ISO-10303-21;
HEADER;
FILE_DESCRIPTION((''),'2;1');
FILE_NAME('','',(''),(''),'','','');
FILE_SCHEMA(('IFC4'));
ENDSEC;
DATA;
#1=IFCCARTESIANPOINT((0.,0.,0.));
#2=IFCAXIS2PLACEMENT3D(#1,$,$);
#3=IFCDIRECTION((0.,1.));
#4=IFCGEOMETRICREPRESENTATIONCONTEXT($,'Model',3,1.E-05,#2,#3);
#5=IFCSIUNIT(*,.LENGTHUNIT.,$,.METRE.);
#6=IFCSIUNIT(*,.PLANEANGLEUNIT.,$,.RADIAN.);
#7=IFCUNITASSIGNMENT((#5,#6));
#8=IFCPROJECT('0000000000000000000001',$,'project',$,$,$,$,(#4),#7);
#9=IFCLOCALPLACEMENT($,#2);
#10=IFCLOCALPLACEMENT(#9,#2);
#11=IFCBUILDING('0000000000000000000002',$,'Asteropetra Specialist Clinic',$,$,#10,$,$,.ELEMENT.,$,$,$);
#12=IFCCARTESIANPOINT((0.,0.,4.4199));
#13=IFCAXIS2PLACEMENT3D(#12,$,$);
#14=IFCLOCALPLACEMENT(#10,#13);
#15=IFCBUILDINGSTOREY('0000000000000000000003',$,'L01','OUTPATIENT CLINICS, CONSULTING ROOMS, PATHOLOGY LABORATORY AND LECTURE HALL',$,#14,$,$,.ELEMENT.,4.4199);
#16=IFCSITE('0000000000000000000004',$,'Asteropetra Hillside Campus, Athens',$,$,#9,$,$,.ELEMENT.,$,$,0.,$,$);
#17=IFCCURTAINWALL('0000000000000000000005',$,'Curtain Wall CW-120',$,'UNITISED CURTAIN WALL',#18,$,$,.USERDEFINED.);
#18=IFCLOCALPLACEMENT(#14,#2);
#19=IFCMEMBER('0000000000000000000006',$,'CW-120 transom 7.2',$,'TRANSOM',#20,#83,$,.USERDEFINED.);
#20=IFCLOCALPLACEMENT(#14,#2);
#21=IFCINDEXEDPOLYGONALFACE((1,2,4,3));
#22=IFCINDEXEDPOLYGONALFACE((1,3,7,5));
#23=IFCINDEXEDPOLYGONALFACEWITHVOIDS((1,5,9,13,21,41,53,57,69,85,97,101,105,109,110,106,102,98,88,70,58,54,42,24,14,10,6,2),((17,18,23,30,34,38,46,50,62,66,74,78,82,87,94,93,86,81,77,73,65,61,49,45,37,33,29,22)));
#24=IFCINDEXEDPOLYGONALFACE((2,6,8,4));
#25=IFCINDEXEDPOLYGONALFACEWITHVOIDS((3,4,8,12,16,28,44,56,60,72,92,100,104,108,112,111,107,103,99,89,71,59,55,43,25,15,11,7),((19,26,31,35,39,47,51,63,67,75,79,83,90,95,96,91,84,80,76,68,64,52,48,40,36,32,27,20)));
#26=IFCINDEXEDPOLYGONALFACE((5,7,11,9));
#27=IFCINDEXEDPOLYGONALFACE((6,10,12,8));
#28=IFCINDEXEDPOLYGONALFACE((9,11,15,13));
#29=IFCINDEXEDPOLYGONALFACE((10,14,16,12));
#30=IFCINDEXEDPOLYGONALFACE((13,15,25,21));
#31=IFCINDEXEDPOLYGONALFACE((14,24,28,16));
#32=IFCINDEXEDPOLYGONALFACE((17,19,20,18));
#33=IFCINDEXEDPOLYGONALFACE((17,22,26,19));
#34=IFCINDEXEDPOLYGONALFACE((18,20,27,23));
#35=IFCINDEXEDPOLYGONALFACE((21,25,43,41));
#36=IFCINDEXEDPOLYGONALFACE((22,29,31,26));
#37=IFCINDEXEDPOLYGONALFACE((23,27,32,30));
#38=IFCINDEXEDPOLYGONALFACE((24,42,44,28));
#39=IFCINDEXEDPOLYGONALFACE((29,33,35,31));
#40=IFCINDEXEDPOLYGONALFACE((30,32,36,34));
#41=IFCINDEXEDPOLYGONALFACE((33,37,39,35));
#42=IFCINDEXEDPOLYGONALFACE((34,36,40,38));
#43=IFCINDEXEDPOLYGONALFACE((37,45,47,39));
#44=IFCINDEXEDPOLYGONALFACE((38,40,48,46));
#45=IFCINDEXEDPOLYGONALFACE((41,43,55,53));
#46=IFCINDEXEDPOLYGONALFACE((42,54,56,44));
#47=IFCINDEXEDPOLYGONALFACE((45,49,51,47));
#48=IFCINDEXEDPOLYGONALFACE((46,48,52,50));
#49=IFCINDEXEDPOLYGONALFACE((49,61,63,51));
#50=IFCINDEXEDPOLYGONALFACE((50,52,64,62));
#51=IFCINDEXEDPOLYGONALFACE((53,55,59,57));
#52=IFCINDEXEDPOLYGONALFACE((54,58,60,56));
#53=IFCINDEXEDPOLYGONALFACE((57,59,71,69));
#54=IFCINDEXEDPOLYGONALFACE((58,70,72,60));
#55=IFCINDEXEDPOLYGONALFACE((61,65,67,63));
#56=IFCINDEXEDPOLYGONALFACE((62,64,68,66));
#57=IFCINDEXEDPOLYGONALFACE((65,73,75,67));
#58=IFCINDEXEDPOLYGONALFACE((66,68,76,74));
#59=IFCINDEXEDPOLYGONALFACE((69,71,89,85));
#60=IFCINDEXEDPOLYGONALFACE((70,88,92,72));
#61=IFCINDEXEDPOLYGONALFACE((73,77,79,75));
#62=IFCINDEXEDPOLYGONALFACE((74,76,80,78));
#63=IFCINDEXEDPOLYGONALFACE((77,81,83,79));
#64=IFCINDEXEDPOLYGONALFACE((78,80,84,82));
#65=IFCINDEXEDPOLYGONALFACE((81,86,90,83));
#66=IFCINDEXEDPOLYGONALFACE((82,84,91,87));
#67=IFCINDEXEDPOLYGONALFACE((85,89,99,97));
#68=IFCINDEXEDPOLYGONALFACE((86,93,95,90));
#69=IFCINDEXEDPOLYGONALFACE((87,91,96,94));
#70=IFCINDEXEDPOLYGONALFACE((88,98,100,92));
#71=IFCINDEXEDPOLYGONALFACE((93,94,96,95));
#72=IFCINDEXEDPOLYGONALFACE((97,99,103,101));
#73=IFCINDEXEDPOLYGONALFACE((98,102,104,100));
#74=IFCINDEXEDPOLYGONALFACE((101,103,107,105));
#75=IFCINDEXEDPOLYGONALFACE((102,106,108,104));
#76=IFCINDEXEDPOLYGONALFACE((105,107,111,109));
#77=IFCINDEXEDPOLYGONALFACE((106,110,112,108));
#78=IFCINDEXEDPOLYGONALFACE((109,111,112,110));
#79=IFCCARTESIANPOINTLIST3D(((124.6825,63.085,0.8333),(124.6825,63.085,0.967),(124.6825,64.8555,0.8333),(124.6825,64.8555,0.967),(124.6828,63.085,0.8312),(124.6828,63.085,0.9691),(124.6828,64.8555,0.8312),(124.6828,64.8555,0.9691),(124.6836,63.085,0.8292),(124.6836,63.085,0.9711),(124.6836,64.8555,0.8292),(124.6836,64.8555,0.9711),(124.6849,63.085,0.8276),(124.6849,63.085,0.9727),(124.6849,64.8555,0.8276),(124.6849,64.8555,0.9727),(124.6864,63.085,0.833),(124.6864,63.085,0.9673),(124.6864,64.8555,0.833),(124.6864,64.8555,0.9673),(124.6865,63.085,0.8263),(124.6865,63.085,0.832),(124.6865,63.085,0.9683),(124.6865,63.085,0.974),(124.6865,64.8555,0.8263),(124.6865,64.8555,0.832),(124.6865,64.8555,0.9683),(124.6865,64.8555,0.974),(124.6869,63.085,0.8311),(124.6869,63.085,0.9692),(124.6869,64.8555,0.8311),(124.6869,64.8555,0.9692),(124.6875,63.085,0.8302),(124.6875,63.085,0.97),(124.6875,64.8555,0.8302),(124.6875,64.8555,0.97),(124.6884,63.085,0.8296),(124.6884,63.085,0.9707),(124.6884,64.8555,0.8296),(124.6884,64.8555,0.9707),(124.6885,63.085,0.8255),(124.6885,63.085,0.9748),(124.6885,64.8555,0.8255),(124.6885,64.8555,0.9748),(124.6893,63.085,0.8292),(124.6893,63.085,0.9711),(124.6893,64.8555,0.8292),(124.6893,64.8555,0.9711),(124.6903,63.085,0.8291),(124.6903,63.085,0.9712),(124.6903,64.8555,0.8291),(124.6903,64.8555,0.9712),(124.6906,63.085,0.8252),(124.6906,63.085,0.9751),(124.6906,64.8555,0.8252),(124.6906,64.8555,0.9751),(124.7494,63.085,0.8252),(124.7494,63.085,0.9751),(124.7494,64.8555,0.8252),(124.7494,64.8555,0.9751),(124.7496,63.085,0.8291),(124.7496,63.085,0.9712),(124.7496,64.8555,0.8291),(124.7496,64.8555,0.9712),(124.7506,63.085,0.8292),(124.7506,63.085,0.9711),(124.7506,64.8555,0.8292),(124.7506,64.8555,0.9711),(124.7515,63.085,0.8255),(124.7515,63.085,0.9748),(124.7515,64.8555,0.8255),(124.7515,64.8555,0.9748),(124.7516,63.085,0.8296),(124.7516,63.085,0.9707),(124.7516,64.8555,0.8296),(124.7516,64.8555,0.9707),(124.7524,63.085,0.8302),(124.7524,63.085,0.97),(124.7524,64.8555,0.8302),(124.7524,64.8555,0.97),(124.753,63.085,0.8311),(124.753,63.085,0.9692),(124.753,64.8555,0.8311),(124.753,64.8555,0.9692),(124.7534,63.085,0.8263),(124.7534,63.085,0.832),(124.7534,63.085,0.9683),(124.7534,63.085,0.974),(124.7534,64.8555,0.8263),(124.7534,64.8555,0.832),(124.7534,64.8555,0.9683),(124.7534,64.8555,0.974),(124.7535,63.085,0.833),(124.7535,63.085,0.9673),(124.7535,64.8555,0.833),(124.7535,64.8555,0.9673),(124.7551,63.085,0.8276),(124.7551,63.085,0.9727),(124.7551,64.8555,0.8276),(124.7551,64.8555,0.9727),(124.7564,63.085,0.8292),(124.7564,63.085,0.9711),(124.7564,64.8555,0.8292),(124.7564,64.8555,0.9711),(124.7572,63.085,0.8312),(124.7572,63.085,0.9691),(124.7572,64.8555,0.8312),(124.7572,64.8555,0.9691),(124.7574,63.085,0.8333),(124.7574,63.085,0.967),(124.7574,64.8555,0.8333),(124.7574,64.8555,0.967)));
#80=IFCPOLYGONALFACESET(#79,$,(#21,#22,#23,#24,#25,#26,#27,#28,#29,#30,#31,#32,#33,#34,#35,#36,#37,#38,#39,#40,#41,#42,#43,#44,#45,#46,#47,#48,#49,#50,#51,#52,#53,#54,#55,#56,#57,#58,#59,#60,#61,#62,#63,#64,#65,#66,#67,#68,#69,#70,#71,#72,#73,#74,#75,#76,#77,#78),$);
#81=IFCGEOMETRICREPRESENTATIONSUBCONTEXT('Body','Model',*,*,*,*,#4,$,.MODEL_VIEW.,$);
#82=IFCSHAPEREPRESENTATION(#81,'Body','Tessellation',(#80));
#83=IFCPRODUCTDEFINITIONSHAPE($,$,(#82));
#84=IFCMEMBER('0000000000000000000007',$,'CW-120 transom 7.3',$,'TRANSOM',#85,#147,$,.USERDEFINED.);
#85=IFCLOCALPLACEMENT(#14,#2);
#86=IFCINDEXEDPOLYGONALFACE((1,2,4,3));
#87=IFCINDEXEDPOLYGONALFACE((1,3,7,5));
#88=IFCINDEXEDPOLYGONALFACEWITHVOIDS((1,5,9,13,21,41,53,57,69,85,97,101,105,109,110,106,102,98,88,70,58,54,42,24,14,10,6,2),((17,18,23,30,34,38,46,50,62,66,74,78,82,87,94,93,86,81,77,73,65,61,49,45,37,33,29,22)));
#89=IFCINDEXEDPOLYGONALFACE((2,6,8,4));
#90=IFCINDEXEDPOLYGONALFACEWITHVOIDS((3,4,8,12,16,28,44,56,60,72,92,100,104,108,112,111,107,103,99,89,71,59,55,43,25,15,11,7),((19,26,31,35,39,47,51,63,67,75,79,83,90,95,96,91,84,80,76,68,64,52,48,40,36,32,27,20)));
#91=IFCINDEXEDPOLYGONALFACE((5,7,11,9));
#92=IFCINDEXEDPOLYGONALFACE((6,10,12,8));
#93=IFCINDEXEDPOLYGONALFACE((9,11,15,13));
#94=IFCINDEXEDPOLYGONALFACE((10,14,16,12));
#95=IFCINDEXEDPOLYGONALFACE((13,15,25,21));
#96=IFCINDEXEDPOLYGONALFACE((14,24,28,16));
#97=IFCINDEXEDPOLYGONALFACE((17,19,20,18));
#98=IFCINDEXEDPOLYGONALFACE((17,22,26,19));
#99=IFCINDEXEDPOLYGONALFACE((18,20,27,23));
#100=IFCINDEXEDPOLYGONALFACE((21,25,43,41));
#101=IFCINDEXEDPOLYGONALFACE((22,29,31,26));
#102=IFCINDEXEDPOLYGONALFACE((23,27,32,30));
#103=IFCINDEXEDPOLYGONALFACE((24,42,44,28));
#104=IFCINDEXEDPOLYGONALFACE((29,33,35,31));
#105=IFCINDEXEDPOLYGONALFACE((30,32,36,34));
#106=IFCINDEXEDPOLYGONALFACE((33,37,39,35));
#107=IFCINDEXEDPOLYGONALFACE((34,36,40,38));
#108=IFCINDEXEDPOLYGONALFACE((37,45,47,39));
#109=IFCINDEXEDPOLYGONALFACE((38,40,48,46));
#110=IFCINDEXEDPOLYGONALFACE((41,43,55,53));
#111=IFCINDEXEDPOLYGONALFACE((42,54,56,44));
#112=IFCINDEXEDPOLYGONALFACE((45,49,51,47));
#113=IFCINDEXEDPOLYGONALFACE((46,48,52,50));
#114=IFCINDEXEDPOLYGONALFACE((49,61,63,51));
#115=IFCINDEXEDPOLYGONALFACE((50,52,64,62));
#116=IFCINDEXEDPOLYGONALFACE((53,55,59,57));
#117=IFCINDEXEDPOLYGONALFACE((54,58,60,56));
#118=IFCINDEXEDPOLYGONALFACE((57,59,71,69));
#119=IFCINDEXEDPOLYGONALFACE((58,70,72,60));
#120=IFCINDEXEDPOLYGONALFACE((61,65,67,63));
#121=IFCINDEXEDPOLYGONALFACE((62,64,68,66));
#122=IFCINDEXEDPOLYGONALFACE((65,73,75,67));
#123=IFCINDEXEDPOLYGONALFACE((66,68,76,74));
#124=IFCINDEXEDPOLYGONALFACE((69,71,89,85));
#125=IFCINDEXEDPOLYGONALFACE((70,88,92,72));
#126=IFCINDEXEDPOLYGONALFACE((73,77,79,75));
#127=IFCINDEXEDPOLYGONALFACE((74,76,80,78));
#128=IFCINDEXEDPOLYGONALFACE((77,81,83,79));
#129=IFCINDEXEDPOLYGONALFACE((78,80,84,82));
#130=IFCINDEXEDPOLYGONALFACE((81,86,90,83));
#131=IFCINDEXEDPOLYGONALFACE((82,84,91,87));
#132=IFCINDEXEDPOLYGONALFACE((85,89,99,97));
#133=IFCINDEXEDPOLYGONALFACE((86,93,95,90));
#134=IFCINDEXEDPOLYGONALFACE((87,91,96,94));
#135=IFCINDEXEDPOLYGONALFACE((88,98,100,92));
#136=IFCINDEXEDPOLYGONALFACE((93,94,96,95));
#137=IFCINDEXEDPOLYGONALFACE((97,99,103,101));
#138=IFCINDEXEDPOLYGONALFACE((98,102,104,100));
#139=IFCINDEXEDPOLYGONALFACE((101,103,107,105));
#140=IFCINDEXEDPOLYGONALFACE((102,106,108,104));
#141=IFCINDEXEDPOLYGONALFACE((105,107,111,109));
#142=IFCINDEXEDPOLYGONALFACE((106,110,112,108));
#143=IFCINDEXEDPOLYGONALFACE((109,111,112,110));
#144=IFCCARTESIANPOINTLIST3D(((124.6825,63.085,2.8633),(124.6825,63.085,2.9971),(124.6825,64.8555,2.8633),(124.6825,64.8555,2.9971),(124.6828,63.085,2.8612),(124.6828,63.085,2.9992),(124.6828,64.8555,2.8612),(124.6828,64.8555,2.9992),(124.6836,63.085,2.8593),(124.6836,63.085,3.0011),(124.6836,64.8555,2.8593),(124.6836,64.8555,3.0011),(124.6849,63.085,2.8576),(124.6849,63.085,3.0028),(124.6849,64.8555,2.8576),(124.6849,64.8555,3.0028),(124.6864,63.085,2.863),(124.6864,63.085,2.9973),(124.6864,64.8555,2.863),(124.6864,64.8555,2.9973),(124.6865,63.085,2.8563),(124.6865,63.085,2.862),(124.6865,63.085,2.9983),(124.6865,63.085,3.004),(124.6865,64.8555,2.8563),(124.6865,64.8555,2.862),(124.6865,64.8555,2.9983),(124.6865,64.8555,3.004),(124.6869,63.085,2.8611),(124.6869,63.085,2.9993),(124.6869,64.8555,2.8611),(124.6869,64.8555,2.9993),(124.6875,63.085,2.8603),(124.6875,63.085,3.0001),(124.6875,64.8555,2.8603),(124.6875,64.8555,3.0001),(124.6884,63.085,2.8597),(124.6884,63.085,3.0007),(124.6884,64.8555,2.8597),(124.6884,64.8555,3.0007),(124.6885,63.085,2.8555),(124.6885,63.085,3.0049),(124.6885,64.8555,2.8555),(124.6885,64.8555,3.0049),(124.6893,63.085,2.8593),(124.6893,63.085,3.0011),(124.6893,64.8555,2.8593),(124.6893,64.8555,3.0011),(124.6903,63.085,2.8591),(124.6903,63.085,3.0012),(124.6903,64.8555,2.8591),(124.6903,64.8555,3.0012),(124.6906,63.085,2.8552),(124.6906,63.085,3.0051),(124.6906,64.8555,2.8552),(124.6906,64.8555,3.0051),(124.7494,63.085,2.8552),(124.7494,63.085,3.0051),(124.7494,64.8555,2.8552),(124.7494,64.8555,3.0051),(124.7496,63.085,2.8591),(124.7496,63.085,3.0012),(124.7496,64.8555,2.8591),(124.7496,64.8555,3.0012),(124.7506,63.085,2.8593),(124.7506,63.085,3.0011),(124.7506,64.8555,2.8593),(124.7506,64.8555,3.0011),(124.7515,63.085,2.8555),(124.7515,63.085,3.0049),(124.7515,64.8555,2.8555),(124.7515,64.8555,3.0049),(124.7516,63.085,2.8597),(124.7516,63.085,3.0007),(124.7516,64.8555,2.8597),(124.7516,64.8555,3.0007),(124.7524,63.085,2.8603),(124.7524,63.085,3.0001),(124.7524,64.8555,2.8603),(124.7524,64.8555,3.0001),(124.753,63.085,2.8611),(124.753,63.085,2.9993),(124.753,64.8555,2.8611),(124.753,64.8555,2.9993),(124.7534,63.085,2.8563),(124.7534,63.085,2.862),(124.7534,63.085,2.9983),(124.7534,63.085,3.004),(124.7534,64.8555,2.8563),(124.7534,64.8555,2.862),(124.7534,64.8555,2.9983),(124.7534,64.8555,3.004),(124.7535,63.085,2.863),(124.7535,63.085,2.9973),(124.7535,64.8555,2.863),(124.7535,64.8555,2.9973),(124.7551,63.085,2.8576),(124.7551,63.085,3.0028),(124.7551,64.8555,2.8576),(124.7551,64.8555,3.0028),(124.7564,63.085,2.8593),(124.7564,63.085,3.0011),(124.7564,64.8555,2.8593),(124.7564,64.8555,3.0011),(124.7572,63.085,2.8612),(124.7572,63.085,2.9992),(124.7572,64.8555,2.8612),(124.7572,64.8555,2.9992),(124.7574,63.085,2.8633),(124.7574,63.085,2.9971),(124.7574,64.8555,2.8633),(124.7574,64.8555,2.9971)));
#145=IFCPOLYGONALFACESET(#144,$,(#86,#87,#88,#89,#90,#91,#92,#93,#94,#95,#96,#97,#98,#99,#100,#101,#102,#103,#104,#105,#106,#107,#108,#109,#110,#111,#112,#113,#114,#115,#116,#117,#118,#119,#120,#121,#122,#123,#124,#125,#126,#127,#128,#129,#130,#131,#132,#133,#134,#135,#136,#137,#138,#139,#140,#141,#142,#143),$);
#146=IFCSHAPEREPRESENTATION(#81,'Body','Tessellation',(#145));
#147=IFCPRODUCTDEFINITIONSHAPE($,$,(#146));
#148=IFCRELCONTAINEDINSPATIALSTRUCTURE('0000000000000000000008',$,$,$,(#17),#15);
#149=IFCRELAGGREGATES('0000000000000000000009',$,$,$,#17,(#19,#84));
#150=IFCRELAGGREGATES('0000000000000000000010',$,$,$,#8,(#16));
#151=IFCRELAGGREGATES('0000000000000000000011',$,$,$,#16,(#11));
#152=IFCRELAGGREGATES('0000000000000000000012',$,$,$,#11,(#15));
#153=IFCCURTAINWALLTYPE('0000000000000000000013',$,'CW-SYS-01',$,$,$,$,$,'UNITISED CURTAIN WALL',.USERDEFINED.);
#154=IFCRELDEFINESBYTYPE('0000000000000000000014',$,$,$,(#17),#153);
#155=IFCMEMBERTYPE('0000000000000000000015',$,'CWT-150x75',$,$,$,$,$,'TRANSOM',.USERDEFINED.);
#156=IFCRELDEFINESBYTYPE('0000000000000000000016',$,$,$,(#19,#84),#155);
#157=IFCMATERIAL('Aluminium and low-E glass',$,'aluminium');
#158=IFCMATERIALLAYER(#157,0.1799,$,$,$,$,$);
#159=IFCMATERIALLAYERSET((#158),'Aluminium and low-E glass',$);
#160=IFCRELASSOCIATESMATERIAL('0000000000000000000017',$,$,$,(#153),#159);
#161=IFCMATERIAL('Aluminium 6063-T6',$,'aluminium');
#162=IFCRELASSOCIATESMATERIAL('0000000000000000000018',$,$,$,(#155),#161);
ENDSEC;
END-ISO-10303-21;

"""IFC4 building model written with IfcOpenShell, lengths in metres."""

from ifc_helpers import new_model, si_unit, direction, frame, origin, origin_2d, place, context, subcontext, project, spatial, hollow_rectangle, extrude, material, layer, layer_set, material_profile, profile_set, type_object, element, aggregate, save


model = new_model("IFC4")

# Units and contexts
model_context = context("Model", 3, precision=1e-05, world=origin(), true_north=direction((0.0, 1.0)))
body_context = subcontext(model_context, "Body", "Model", "MODEL_VIEW")
ifc_project = project(units=[si_unit("LENGTHUNIT", "METRE"), si_unit("PLANEANGLEUNIT", "RADIAN")], contexts=[model_context])

# Site, building, storey
site_placement = place(None, origin())
site = spatial("IfcSite", under=ifc_project, at=site_placement, Name="Asteropetra Hillside Campus, Athens", CompositionType="ELEMENT", RefElevation=0.0)
building_placement = place(site_placement, origin())
building = spatial("IfcBuilding", under=site, at=building_placement, Name="Asteropetra Specialist Clinic", CompositionType="ELEMENT")
storey_placement = place(building_placement, frame((0.0, 0.0, 4.4199)))
storey = spatial("IfcBuildingStorey", under=building, at=storey_placement, Name="L01", Description="OUTPATIENT CLINICS, CONSULTING ROOMS, PATHOLOGY LABORATORY AND LECTURE HALL", CompositionType="ELEMENT", Elevation=4.4199)

# Curtain wall, members
ifc_material_1 = material(Name="Aluminium and low-E glass", Category="aluminium")
ifc_layer_1 = layer(ifc_material_1, 0.1799)
ifc_layer_set_1 = layer_set([ifc_layer_1], Name="Aluminium and low-E glass")
curtain_wall_type = type_object("IfcCurtainWallType", Name="CW-SYS-01", ElementType="UNITISED CURTAIN WALL", PredefinedType="USERDEFINED", material=ifc_layer_set_1)
curtain_wall_placement = place(storey_placement, origin())
curtain_wall = element("IfcCurtainWall", 1, at=curtain_wall_placement, inside=storey, type_object=curtain_wall_type, Name="Curtain Wall CW-120", ObjectType="UNITISED CURTAIN WALL", PredefinedType="USERDEFINED")
ifc_material_2 = material(Name="Aluminium 6063-T6", Category="aluminium")
ifc_material_profile_1 = material_profile(ifc_material_2, hollow_rectangle(XDim=0.075, YDim=0.1499, WallThickness=0.0039, InnerFilletRadius=0.0039, OuterFilletRadius=0.0081, at=origin_2d()), Name="TRN 150x75x4.0")
ifc_profile_set_1 = profile_set([ifc_material_profile_1], Name="Aluminium 6063-T6")
member_type_1 = type_object("IfcMemberType", Name="CWT-150x75", ElementType="TRANSOM", PredefinedType="USERDEFINED", material=ifc_profile_set_1)
member_1_placement = place(storey_placement, frame((124.72, 64.8555, 0.9001), z_axis=(0.0, -1.0, 0.0), x_axis=(1.0, 0.0, 0.0)))
member_1 = element("IfcMember", 2, at=member_1_placement, type_object=member_type_1, Name="CW-120 transom 7.2", ObjectType="TRANSOM", PredefinedType="USERDEFINED", context=body_context, shape_type="SweptSolid", body=[
    extrude(hollow_rectangle(XDim=0.075, YDim=0.1499, WallThickness=0.0039, InnerFilletRadius=0.0039, OuterFilletRadius=0.0081, at=origin_2d()), origin(), (0.0, 0.0, 1.0), 1.7705),
])
member_2_placement = place(storey_placement, frame((124.72, 64.8555, 2.9302), z_axis=(0.0, -1.0, 0.0), x_axis=(1.0, 0.0, 0.0)))
member_2 = element("IfcMember", 3, at=member_2_placement, type_object=member_type_1, Name="CW-120 transom 7.3", ObjectType="TRANSOM", PredefinedType="USERDEFINED", context=body_context, shape_type="SweptSolid", body=[
    extrude(hollow_rectangle(XDim=0.075, YDim=0.1499, WallThickness=0.0039, InnerFilletRadius=0.0039, OuterFilletRadius=0.0081, at=origin_2d()), origin(), (0.0, 0.0, 1.0), 1.7705),
])
aggregate(curtain_wall, [member_1, member_2])

save(model, "model.ifc")
